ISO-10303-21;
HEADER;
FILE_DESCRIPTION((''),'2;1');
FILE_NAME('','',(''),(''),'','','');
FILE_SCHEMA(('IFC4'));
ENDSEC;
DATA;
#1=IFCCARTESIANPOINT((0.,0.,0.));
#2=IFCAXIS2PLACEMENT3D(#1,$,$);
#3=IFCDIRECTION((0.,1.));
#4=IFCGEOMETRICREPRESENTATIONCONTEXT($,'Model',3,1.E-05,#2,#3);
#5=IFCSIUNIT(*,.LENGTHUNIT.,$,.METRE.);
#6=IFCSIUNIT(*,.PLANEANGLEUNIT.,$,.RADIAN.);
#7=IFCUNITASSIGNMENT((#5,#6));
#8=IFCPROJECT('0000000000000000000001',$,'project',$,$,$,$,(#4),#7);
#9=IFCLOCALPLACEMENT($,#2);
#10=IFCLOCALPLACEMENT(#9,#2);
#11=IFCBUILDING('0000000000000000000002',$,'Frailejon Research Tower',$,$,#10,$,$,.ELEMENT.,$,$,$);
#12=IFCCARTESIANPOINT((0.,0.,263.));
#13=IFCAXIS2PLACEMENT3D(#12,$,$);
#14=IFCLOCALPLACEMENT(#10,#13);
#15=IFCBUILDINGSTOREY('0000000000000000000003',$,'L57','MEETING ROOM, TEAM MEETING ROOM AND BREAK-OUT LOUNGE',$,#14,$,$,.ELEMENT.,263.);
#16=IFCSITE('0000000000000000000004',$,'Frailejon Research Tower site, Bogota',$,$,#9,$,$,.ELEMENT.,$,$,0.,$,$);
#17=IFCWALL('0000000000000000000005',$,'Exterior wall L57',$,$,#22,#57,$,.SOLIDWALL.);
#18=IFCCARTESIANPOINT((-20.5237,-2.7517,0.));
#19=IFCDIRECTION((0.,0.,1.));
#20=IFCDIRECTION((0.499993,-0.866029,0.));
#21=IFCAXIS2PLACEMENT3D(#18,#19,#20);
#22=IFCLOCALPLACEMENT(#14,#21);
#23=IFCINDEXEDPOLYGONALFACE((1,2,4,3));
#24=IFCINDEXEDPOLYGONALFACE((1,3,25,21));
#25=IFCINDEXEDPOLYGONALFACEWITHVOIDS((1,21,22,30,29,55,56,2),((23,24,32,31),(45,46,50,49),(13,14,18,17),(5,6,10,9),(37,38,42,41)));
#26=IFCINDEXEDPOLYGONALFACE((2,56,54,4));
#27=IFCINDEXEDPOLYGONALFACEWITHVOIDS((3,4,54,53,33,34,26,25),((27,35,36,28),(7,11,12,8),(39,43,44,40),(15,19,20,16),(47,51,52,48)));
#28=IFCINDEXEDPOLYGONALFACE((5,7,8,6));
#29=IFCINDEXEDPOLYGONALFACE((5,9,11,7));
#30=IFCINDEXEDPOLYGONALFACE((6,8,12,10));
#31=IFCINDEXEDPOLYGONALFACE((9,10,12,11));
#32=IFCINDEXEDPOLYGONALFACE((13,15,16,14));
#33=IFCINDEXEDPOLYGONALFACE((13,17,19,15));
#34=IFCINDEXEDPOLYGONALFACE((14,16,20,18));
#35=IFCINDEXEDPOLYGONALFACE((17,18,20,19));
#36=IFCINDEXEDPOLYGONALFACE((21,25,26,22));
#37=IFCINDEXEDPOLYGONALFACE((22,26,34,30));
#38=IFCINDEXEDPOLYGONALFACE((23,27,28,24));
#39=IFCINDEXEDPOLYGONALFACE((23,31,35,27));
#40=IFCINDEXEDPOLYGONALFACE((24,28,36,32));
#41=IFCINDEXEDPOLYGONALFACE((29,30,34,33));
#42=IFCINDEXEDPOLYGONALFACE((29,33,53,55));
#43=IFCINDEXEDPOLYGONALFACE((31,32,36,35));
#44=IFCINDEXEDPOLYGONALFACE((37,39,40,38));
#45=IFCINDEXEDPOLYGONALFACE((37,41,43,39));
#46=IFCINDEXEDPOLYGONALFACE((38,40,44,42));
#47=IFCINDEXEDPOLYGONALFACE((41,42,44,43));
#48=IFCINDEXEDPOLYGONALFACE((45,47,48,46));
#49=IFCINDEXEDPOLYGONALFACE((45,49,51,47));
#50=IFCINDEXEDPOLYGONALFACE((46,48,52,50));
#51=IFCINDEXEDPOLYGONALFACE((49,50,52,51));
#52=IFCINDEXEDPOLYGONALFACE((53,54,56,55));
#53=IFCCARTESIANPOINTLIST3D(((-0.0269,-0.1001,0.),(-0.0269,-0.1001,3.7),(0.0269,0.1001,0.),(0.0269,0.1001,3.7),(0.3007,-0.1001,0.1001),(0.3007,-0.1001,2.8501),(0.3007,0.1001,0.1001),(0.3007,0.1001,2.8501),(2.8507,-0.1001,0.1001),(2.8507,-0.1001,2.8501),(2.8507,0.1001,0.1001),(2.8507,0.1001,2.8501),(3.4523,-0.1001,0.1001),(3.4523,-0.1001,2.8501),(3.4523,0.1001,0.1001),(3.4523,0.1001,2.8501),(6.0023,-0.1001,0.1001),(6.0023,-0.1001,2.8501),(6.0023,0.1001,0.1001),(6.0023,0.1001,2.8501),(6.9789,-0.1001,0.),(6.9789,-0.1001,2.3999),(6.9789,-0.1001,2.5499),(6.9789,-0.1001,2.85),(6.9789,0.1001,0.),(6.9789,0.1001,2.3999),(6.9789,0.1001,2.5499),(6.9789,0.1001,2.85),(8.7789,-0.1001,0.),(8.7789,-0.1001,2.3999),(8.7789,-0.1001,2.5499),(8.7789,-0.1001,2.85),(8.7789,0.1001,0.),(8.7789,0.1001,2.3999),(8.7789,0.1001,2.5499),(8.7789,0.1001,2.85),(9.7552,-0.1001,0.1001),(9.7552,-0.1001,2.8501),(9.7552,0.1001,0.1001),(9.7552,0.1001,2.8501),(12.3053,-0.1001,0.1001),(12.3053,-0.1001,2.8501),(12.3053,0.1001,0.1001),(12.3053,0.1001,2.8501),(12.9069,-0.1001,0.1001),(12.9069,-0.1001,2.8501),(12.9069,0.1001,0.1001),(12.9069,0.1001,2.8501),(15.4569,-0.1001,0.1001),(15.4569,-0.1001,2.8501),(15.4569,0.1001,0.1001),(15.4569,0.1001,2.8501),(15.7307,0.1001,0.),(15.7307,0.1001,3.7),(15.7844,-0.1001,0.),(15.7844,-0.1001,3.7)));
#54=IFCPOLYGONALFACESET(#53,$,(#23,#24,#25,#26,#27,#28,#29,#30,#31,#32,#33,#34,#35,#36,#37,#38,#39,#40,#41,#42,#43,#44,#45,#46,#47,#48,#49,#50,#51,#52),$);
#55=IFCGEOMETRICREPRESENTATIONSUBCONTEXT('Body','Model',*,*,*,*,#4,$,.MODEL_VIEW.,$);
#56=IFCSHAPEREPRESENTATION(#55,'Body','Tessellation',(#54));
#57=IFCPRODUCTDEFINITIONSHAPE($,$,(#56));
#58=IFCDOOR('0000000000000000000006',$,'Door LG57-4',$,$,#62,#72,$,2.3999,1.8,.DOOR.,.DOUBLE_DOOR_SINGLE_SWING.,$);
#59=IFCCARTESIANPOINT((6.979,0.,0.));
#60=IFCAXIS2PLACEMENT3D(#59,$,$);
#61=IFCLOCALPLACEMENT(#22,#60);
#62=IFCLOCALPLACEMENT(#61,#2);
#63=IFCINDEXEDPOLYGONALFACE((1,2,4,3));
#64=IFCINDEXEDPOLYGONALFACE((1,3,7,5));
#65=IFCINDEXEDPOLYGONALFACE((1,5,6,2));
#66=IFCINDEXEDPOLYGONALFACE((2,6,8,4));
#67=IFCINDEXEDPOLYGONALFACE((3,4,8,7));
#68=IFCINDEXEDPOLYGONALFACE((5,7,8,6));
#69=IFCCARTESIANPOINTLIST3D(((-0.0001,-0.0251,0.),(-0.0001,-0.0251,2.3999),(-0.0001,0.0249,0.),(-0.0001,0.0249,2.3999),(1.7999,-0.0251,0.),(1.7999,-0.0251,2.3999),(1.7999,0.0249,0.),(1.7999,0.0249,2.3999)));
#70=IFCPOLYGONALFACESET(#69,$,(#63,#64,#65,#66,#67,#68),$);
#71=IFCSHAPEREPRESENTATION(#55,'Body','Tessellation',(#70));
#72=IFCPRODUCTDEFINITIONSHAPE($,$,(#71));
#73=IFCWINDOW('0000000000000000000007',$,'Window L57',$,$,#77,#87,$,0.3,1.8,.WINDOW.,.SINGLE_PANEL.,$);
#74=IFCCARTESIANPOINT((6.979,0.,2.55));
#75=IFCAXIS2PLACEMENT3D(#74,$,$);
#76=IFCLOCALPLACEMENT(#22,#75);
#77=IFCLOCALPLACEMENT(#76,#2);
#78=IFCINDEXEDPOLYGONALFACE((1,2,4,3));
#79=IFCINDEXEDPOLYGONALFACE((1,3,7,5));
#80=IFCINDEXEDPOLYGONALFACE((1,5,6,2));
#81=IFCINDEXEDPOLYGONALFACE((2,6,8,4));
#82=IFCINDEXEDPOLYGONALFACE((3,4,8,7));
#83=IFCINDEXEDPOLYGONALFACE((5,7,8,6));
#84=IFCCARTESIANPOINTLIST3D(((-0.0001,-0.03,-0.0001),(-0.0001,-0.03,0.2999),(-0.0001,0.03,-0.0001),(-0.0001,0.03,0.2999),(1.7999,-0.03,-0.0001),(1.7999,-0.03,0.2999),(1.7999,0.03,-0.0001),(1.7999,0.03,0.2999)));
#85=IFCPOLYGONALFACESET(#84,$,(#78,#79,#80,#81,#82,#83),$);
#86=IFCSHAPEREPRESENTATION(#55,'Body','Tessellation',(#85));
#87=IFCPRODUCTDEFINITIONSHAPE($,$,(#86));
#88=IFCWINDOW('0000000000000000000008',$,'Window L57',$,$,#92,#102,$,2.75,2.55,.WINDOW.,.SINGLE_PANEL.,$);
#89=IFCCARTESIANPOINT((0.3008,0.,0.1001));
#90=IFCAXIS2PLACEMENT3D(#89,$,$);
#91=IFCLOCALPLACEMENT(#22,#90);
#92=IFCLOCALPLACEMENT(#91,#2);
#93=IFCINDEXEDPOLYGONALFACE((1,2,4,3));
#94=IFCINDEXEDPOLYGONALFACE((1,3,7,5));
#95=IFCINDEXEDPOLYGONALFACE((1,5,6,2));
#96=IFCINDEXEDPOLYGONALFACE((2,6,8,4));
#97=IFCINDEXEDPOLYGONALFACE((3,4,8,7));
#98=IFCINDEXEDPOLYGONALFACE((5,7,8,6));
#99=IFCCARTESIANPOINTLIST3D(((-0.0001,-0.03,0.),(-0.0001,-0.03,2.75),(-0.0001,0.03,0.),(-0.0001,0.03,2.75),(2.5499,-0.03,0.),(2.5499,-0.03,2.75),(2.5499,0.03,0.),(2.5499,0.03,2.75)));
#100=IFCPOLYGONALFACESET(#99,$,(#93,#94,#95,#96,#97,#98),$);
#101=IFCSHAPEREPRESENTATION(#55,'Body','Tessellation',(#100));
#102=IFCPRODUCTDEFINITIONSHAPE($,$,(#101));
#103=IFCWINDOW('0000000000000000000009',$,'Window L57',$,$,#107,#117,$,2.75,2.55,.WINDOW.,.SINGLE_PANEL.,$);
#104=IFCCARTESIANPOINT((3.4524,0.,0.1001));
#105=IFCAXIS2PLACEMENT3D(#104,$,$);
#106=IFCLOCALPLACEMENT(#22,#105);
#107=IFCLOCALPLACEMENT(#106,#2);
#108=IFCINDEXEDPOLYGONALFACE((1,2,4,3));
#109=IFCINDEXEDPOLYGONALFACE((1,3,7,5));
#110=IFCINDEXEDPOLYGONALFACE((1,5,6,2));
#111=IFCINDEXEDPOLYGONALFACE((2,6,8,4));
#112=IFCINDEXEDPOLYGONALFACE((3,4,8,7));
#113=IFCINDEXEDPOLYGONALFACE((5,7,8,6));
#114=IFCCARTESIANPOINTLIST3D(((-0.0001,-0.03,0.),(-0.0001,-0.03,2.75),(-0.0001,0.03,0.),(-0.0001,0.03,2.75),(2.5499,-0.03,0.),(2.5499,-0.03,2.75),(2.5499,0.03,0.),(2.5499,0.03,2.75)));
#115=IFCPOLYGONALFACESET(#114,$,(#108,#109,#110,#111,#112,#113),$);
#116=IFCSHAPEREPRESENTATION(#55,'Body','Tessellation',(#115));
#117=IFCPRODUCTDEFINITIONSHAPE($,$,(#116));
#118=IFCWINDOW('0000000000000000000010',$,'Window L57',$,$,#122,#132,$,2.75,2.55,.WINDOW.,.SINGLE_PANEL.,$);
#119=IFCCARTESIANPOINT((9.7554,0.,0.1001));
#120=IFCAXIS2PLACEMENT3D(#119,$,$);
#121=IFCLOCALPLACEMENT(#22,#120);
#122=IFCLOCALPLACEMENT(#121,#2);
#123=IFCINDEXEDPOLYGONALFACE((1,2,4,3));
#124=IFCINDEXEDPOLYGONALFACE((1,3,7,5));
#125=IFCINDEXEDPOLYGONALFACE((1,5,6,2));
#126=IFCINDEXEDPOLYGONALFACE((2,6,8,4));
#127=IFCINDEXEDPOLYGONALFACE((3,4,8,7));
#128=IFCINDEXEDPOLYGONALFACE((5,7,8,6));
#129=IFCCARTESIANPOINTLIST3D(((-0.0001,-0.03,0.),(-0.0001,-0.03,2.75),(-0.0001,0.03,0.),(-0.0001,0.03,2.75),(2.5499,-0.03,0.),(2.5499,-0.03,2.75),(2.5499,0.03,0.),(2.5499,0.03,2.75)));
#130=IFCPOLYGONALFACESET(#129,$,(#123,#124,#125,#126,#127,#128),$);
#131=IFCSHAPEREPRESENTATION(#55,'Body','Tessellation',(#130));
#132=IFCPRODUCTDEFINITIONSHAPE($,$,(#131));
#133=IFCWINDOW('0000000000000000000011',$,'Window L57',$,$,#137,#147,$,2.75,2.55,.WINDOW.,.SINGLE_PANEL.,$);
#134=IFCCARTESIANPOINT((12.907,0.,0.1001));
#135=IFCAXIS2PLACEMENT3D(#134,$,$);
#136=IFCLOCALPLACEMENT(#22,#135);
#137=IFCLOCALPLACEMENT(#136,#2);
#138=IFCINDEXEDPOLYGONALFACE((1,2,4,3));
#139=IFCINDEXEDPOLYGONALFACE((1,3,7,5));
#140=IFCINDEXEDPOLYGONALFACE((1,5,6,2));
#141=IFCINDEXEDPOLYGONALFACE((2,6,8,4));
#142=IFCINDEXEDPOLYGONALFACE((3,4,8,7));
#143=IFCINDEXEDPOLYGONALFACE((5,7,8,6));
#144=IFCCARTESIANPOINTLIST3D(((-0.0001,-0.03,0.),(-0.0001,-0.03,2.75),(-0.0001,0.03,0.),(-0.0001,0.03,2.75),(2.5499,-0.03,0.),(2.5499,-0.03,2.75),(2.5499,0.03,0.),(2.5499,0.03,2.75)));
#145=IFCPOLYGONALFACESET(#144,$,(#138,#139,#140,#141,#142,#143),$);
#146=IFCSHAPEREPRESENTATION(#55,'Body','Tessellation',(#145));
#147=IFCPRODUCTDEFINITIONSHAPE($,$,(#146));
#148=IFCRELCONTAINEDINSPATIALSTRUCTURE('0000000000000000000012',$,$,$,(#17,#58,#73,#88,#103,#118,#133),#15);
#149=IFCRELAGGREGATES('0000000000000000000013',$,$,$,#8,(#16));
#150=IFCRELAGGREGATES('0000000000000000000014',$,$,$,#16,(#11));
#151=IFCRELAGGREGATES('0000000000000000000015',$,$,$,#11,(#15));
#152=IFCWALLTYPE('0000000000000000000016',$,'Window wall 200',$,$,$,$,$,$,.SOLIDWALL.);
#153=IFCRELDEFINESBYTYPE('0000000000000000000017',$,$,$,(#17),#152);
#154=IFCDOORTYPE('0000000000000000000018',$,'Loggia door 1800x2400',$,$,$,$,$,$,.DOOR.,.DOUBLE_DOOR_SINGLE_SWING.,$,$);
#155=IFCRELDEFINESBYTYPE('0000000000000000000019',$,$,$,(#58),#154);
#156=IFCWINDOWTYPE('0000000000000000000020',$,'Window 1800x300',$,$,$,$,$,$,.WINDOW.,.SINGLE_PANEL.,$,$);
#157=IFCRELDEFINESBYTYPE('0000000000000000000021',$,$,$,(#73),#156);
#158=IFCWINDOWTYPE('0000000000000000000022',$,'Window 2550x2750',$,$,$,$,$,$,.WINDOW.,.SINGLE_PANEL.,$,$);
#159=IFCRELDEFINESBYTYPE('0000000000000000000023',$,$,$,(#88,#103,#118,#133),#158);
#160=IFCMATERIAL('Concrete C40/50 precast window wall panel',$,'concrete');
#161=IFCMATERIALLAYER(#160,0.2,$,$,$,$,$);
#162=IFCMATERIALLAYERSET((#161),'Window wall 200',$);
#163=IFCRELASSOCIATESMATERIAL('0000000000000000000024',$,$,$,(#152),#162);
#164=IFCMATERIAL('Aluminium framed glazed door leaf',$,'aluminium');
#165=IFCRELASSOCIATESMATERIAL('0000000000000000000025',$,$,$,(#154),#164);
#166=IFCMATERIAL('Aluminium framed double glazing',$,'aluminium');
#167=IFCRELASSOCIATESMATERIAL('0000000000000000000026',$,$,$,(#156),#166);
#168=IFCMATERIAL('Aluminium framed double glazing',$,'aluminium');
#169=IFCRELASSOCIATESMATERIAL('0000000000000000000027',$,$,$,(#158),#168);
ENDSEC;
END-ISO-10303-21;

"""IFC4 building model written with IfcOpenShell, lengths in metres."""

from ifc_helpers import new_model, si_unit, direction, frame, frame_2d, origin, place, context, subcontext, project, spatial, polyline, rectangle, outline, extrude, material, layer, layer_set, type_object, element, fill, save


model = new_model("IFC4")

# Units and contexts
model_context = context("Model", 3, precision=1e-05, world=origin(), true_north=direction((0.0, 1.0)))
body_context = subcontext(model_context, "Body", "Model", "MODEL_VIEW")
ifc_project = project(units=[si_unit("LENGTHUNIT", "METRE"), si_unit("PLANEANGLEUNIT", "RADIAN")], contexts=[model_context])

# Site, building, storey
site_placement = place(None, origin())
site = spatial("IfcSite", under=ifc_project, at=site_placement, Name="Frailejon Research Tower site, Bogota", CompositionType="ELEMENT", RefElevation=0.0)
building_placement = place(site_placement, origin())
building = spatial("IfcBuilding", under=site, at=building_placement, Name="Frailejon Research Tower", CompositionType="ELEMENT")
storey_placement = place(building_placement, frame((0.0, 0.0, 263.0)))
storey = spatial("IfcBuildingStorey", under=building, at=storey_placement, Name="L57", Description="MEETING ROOM, TEAM MEETING ROOM AND BREAK-OUT LOUNGE", CompositionType="ELEMENT", Elevation=263.0)

# Wall, openings, door, windows
ifc_material_1 = material(Name="Concrete C40/50 precast window wall panel", Category="concrete")
ifc_layer_1 = layer(ifc_material_1, 0.2)
ifc_layer_set_1 = layer_set([ifc_layer_1], Name="Window wall 200")
wall_type_1 = type_object("IfcWallType", Name="Window wall 200", PredefinedType="SOLIDWALL", material=ifc_layer_set_1)
wall_1_placement = place(storey_placement, frame((-20.5237, -2.7517, 0.0), z_axis=(0.0, 0.0, 1.0), x_axis=(0.499993, -0.866029, 0.0)))
wall_1 = element("IfcWall", 1, at=wall_1_placement, inside=storey, type_object=wall_type_1, Name="Exterior wall L57", PredefinedType="SOLIDWALL", context=body_context, shape_type="SweptSolid", body=[
    extrude(outline(polyline([(-0.0269, -0.1001), (1.0273, -0.1001), (2.0813, -0.1001), (3.1355, -0.1001), (4.1895, -0.1001), (5.2437, -0.1001), (6.2976, -0.1001), (7.3518, -0.1001), (8.4058, -0.1001), (9.46, -0.1001), (10.5139, -0.1001), (11.5681, -0.1001), (12.6221, -0.1001), (13.6763, -0.1001), (14.7302, -0.1001), (15.7844, -0.1001), (15.7307, 0.1001), (14.6838, 0.1001), (13.637, 0.1001), (12.5898, 0.1001), (11.543, 0.1001), (10.4961, 0.1001), (9.4492, 0.1001), (8.4023, 0.1001), (7.3552, 0.1001), (6.3083, 0.1001), (5.2615, 0.1001), (4.2146, 0.1001), (3.1677, 0.1001), (2.1206, 0.1001), (1.0737, 0.1001), (0.0269, 0.1001), (-0.0269, -0.1001)])), origin(), (0.0, 0.0, 1.0), 3.7),
])
opening_1_placement = place(wall_1_placement, frame((0.3008, 0.0, 0.1001)))
opening_1 = element("IfcOpeningElement", 2, at=opening_1_placement, cuts=wall_1, PredefinedType="OPENING", context=body_context, shape_type="SweptSolid", body=[
    extrude(rectangle(XDim=2.55, YDim=2.75, at=frame_2d((1.2749, 1.375))), frame((0.0, 0.1099, 0.0), z_axis=(0.0, -1.0, 0.0), x_axis=(1.0, 0.0, 0.0)), (0.0, 0.0, 1.0), 0.22),
])
opening_2_placement = place(wall_1_placement, frame((3.4524, 0.0, 0.1001)))
opening_2 = element("IfcOpeningElement", 3, at=opening_2_placement, cuts=wall_1, PredefinedType="OPENING", context=body_context, shape_type="SweptSolid", body=[
    extrude(rectangle(XDim=2.55, YDim=2.75, at=frame_2d((1.2749, 1.375))), frame((0.0, 0.1099, 0.0), z_axis=(0.0, -1.0, 0.0), x_axis=(1.0, 0.0, 0.0)), (0.0, 0.0, 1.0), 0.22),
])
opening_3_placement = place(wall_1_placement, frame((6.979, 0.0, 0.0)))
opening_3 = element("IfcOpeningElement", 4, at=opening_3_placement, cuts=wall_1, PredefinedType="OPENING", context=body_context, shape_type="SweptSolid", body=[
    extrude(rectangle(XDim=1.8, YDim=2.3999, at=frame_2d((0.8999, 1.2))), frame((0.0, 0.1099, 0.0), z_axis=(0.0, -1.0, 0.0), x_axis=(1.0, 0.0, 0.0)), (0.0, 0.0, 1.0), 0.22),
])
opening_4_placement = place(wall_1_placement, frame((6.979, 0.0, 2.55)))
opening_4 = element("IfcOpeningElement", 5, at=opening_4_placement, cuts=wall_1, PredefinedType="OPENING", context=body_context, shape_type="SweptSolid", body=[
    extrude(rectangle(XDim=1.8, YDim=0.3, at=frame_2d((0.8999, 0.1499))), frame((0.0, 0.1099, 0.0), z_axis=(0.0, -1.0, 0.0), x_axis=(1.0, 0.0, 0.0)), (0.0, 0.0, 1.0), 0.22),
])
opening_5_placement = place(wall_1_placement, frame((9.7554, 0.0, 0.1001)))
opening_5 = element("IfcOpeningElement", 6, at=opening_5_placement, cuts=wall_1, PredefinedType="OPENING", context=body_context, shape_type="SweptSolid", body=[
    extrude(rectangle(XDim=2.55, YDim=2.75, at=frame_2d((1.2749, 1.375))), frame((0.0, 0.1099, 0.0), z_axis=(0.0, -1.0, 0.0), x_axis=(1.0, 0.0, 0.0)), (0.0, 0.0, 1.0), 0.22),
])
opening_6_placement = place(wall_1_placement, frame((12.907, 0.0, 0.1001)))
opening_6 = element("IfcOpeningElement", 7, at=opening_6_placement, cuts=wall_1, PredefinedType="OPENING", context=body_context, shape_type="SweptSolid", body=[
    extrude(rectangle(XDim=2.55, YDim=2.75, at=frame_2d((1.2749, 1.375))), frame((0.0, 0.1099, 0.0), z_axis=(0.0, -1.0, 0.0), x_axis=(1.0, 0.0, 0.0)), (0.0, 0.0, 1.0), 0.22),
])
ifc_material_2 = material(Name="Aluminium framed glazed door leaf", Category="aluminium")
door_type_1 = type_object("IfcDoorType", Name="Loggia door 1800x2400", OperationType="DOUBLE_DOOR_SINGLE_SWING", PredefinedType="DOOR", material=ifc_material_2)
door_1_placement = place(opening_3_placement, origin())
door_1 = element("IfcDoor", 8, at=door_1_placement, inside=storey, type_object=door_type_1, Name="Door LG57-4", OperationType="DOUBLE_DOOR_SINGLE_SWING", OverallHeight=2.3999, OverallWidth=1.8, PredefinedType="DOOR", context=body_context, shape_type="SweptSolid", body=[
    extrude(rectangle(XDim=1.8, YDim=2.3999, at=frame_2d((0.8999, 1.2))), frame((0.0, 0.0249, 0.0), z_axis=(0.0, -1.0, 0.0), x_axis=(1.0, 0.0, 0.0)), (0.0, 0.0, 1.0), 0.05),
])
fill(opening_3, door_1)
ifc_material_3 = material(Name="Aluminium framed double glazing", Category="aluminium")
window_type_1 = type_object("IfcWindowType", Name="Window 1800x300", PartitioningType="SINGLE_PANEL", PredefinedType="WINDOW", material=ifc_material_3)
window_1_placement = place(opening_4_placement, origin())
window_1 = element("IfcWindow", 9, at=window_1_placement, inside=storey, type_object=window_type_1, Name="Window L57", OverallHeight=0.3, OverallWidth=1.8, PartitioningType="SINGLE_PANEL", PredefinedType="WINDOW", context=body_context, shape_type="SweptSolid", body=[
    extrude(rectangle(XDim=1.8, YDim=0.3, at=frame_2d((0.8999, 0.1499))), frame((0.0, 0.03, 0.0), z_axis=(0.0, -1.0, 0.0), x_axis=(1.0, 0.0, 0.0)), (0.0, 0.0, 1.0), 0.0601),
])
fill(opening_4, window_1)
ifc_material_4 = material(Name="Aluminium framed double glazing", Category="aluminium")
window_type_2 = type_object("IfcWindowType", Name="Window 2550x2750", PartitioningType="SINGLE_PANEL", PredefinedType="WINDOW", material=ifc_material_4)
window_2_placement = place(opening_1_placement, origin())
window_2 = element("IfcWindow", 10, at=window_2_placement, inside=storey, type_object=window_type_2, Name="Window L57", OverallHeight=2.75, OverallWidth=2.55, PartitioningType="SINGLE_PANEL", PredefinedType="WINDOW", context=body_context, shape_type="SweptSolid", body=[
    extrude(rectangle(XDim=2.55, YDim=2.75, at=frame_2d((1.2749, 1.375))), frame((0.0, 0.03, 0.0), z_axis=(0.0, -1.0, 0.0), x_axis=(1.0, 0.0, 0.0)), (0.0, 0.0, 1.0), 0.0601),
])
fill(opening_1, window_2)
window_3_placement = place(opening_2_placement, origin())
window_3 = element("IfcWindow", 11, at=window_3_placement, inside=storey, type_object=window_type_2, Name="Window L57", OverallHeight=2.75, OverallWidth=2.55, PartitioningType="SINGLE_PANEL", PredefinedType="WINDOW", context=body_context, shape_type="SweptSolid", body=[
    extrude(rectangle(XDim=2.55, YDim=2.75, at=frame_2d((1.2749, 1.375))), frame((0.0, 0.03, 0.0), z_axis=(0.0, -1.0, 0.0), x_axis=(1.0, 0.0, 0.0)), (0.0, 0.0, 1.0), 0.0601),
])
fill(opening_2, window_3)
window_4_placement = place(opening_5_placement, origin())
window_4 = element("IfcWindow", 12, at=window_4_placement, inside=storey, type_object=window_type_2, Name="Window L57", OverallHeight=2.75, OverallWidth=2.55, PartitioningType="SINGLE_PANEL", PredefinedType="WINDOW", context=body_context, shape_type="SweptSolid", body=[
    extrude(rectangle(XDim=2.55, YDim=2.75, at=frame_2d((1.2749, 1.375))), frame((0.0, 0.03, 0.0), z_axis=(0.0, -1.0, 0.0), x_axis=(1.0, 0.0, 0.0)), (0.0, 0.0, 1.0), 0.0601),
])
fill(opening_5, window_4)
window_5_placement = place(opening_6_placement, origin())
window_5 = element("IfcWindow", 13, at=window_5_placement, inside=storey, type_object=window_type_2, Name="Window L57", OverallHeight=2.75, OverallWidth=2.55, PartitioningType="SINGLE_PANEL", PredefinedType="WINDOW", context=body_context, shape_type="SweptSolid", body=[
    extrude(rectangle(XDim=2.55, YDim=2.75, at=frame_2d((1.2749, 1.375))), frame((0.0, 0.03, 0.0), z_axis=(0.0, -1.0, 0.0), x_axis=(1.0, 0.0, 0.0)), (0.0, 0.0, 1.0), 0.0601),
])
fill(opening_6, window_5)

save(model, "model.ifc")
